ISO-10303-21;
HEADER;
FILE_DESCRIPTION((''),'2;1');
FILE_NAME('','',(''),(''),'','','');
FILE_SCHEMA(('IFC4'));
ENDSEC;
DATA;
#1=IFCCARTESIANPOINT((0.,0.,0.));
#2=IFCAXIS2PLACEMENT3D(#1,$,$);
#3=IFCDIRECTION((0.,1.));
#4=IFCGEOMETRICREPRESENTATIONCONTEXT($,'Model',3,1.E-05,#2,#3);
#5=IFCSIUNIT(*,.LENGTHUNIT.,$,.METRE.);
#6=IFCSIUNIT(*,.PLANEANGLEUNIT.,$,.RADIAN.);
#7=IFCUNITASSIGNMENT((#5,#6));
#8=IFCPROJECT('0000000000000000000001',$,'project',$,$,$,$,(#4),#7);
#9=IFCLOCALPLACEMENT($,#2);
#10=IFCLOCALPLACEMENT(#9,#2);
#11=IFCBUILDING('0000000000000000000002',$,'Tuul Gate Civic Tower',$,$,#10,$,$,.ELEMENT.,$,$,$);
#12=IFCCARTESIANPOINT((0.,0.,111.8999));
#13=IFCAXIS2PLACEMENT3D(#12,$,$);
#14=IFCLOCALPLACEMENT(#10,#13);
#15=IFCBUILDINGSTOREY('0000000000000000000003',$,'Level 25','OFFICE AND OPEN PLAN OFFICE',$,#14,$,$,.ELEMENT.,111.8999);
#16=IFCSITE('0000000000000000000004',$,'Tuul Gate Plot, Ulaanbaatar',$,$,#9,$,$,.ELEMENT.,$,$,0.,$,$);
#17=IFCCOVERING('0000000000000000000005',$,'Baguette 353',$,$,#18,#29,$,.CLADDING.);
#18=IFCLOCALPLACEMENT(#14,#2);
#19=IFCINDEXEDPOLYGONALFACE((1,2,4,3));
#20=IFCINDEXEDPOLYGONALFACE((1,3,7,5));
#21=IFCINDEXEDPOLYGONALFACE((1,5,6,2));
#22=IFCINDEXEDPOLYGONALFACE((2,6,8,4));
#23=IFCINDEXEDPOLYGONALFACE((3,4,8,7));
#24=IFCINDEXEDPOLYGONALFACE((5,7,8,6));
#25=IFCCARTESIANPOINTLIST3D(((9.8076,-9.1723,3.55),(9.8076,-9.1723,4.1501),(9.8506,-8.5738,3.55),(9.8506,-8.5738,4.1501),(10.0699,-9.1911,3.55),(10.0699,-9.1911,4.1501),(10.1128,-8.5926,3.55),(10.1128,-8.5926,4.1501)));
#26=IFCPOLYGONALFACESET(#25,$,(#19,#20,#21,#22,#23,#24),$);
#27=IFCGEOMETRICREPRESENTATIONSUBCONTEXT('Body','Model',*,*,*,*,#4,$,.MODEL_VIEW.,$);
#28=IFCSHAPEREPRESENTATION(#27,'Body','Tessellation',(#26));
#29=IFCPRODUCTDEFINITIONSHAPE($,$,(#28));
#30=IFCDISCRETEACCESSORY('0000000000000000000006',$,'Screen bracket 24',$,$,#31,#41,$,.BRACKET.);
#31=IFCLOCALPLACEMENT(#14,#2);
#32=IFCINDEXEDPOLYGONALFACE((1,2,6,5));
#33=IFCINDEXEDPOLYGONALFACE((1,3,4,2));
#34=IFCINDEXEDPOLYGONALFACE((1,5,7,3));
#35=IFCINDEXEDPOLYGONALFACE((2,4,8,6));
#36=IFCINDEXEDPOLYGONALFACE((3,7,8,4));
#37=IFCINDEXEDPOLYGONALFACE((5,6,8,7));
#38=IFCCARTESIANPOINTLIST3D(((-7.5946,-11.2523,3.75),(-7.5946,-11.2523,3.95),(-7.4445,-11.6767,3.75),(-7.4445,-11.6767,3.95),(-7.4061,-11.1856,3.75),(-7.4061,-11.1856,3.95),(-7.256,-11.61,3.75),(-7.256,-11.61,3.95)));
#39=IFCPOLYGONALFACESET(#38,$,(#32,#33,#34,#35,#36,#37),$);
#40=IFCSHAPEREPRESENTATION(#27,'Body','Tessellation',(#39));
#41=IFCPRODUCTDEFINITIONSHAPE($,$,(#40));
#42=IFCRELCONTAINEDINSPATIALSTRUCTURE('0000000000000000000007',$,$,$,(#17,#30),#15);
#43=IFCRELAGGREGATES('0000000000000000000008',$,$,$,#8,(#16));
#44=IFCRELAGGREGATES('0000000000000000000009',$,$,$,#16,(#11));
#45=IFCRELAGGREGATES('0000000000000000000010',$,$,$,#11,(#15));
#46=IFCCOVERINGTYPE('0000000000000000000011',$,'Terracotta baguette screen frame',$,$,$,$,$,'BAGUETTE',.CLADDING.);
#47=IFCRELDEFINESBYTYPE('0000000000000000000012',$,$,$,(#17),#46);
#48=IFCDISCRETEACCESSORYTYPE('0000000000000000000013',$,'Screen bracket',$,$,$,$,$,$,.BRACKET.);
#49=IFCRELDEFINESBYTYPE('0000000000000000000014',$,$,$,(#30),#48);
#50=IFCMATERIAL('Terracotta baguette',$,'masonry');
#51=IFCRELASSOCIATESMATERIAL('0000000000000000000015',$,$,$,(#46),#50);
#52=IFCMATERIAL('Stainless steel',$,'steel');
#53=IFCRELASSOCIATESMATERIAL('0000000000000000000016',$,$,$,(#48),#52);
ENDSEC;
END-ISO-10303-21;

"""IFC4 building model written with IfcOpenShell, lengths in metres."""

from ifc_helpers import new_model, si_unit, direction, frame, origin, origin_2d, place, context, subcontext, project, spatial, rectangle, extrude, material, material_profile, profile_set, type_object, element, save


model = new_model("IFC4")

# Units and contexts
model_context = context("Model", 3, precision=1e-05, world=origin(), true_north=direction((0.0, 1.0)))
body_context = subcontext(model_context, "Body", "Model", "MODEL_VIEW")
ifc_project = project(units=[si_unit("LENGTHUNIT", "METRE"), si_unit("PLANEANGLEUNIT", "RADIAN")], contexts=[model_context])

# Site, building, storey
site_placement = place(None, origin())
site = spatial("IfcSite", under=ifc_project, at=site_placement, Name="Tuul Gate Plot, Ulaanbaatar", CompositionType="ELEMENT", RefElevation=0.0)
building_placement = place(site_placement, origin())
building = spatial("IfcBuilding", under=site, at=building_placement, Name="Tuul Gate Civic Tower", CompositionType="ELEMENT")
storey_placement = place(building_placement, frame((0.0, 0.0, 111.8999)))
storey = spatial("IfcBuildingStorey", under=building, at=storey_placement, Name="Level 25", Description="OFFICE AND OPEN PLAN OFFICE", CompositionType="ELEMENT", Elevation=111.8999)

# Covering
ifc_material_1 = material(Name="Terracotta baguette", Category="masonry")
ifc_material_profile_1 = material_profile(ifc_material_1, rectangle(XDim=0.6001, YDim=0.6001, at=origin_2d()), Name="Terracotta baguette screen frame")
ifc_profile_set_1 = profile_set([ifc_material_profile_1], Name="Terracotta baguette")
covering_type = type_object("IfcCoveringType", Name="Terracotta baguette screen frame", ElementType="BAGUETTE", PredefinedType="CLADDING", material=ifc_profile_set_1)
covering_1_placement = place(storey_placement, frame((9.8291, -8.873, 3.8501), z_axis=(0.99744, -0.071511, 0.0), x_axis=(0.071511, 0.99744, 0.0)))
element("IfcCovering", 1, at=covering_1_placement, inside=storey, type_object=covering_type, Name="Baguette 353", PredefinedType="CLADDING", context=body_context, shape_type="SweptSolid", body=[
    extrude(rectangle(XDim=0.6001, YDim=0.6001, at=origin_2d()), origin(), (0.0, 0.0, 1.0), 0.2629),
])

# Discrete accessory
ifc_material_2 = material(Name="Stainless steel", Category="steel")
discrete_accessory_type = type_object("IfcDiscreteAccessoryType", Name="Screen bracket", PredefinedType="BRACKET", material=ifc_material_2)
discrete_accessory_placement = place(storey_placement, frame((-7.4253, -11.4312, 3.75), z_axis=(0.0, 0.0, 1.0), x_axis=(0.333461, -0.942764, 0.0)))
element("IfcDiscreteAccessory", 2, at=discrete_accessory_placement, inside=storey, type_object=discrete_accessory_type, Name="Screen bracket 24", PredefinedType="BRACKET", context=body_context, shape_type="SweptSolid", body=[
    extrude(rectangle(XDim=0.4502, YDim=0.2, at=origin_2d()), origin(), (0.0, 0.0, 1.0), 0.2),
])

save(model, "model.ifc")
